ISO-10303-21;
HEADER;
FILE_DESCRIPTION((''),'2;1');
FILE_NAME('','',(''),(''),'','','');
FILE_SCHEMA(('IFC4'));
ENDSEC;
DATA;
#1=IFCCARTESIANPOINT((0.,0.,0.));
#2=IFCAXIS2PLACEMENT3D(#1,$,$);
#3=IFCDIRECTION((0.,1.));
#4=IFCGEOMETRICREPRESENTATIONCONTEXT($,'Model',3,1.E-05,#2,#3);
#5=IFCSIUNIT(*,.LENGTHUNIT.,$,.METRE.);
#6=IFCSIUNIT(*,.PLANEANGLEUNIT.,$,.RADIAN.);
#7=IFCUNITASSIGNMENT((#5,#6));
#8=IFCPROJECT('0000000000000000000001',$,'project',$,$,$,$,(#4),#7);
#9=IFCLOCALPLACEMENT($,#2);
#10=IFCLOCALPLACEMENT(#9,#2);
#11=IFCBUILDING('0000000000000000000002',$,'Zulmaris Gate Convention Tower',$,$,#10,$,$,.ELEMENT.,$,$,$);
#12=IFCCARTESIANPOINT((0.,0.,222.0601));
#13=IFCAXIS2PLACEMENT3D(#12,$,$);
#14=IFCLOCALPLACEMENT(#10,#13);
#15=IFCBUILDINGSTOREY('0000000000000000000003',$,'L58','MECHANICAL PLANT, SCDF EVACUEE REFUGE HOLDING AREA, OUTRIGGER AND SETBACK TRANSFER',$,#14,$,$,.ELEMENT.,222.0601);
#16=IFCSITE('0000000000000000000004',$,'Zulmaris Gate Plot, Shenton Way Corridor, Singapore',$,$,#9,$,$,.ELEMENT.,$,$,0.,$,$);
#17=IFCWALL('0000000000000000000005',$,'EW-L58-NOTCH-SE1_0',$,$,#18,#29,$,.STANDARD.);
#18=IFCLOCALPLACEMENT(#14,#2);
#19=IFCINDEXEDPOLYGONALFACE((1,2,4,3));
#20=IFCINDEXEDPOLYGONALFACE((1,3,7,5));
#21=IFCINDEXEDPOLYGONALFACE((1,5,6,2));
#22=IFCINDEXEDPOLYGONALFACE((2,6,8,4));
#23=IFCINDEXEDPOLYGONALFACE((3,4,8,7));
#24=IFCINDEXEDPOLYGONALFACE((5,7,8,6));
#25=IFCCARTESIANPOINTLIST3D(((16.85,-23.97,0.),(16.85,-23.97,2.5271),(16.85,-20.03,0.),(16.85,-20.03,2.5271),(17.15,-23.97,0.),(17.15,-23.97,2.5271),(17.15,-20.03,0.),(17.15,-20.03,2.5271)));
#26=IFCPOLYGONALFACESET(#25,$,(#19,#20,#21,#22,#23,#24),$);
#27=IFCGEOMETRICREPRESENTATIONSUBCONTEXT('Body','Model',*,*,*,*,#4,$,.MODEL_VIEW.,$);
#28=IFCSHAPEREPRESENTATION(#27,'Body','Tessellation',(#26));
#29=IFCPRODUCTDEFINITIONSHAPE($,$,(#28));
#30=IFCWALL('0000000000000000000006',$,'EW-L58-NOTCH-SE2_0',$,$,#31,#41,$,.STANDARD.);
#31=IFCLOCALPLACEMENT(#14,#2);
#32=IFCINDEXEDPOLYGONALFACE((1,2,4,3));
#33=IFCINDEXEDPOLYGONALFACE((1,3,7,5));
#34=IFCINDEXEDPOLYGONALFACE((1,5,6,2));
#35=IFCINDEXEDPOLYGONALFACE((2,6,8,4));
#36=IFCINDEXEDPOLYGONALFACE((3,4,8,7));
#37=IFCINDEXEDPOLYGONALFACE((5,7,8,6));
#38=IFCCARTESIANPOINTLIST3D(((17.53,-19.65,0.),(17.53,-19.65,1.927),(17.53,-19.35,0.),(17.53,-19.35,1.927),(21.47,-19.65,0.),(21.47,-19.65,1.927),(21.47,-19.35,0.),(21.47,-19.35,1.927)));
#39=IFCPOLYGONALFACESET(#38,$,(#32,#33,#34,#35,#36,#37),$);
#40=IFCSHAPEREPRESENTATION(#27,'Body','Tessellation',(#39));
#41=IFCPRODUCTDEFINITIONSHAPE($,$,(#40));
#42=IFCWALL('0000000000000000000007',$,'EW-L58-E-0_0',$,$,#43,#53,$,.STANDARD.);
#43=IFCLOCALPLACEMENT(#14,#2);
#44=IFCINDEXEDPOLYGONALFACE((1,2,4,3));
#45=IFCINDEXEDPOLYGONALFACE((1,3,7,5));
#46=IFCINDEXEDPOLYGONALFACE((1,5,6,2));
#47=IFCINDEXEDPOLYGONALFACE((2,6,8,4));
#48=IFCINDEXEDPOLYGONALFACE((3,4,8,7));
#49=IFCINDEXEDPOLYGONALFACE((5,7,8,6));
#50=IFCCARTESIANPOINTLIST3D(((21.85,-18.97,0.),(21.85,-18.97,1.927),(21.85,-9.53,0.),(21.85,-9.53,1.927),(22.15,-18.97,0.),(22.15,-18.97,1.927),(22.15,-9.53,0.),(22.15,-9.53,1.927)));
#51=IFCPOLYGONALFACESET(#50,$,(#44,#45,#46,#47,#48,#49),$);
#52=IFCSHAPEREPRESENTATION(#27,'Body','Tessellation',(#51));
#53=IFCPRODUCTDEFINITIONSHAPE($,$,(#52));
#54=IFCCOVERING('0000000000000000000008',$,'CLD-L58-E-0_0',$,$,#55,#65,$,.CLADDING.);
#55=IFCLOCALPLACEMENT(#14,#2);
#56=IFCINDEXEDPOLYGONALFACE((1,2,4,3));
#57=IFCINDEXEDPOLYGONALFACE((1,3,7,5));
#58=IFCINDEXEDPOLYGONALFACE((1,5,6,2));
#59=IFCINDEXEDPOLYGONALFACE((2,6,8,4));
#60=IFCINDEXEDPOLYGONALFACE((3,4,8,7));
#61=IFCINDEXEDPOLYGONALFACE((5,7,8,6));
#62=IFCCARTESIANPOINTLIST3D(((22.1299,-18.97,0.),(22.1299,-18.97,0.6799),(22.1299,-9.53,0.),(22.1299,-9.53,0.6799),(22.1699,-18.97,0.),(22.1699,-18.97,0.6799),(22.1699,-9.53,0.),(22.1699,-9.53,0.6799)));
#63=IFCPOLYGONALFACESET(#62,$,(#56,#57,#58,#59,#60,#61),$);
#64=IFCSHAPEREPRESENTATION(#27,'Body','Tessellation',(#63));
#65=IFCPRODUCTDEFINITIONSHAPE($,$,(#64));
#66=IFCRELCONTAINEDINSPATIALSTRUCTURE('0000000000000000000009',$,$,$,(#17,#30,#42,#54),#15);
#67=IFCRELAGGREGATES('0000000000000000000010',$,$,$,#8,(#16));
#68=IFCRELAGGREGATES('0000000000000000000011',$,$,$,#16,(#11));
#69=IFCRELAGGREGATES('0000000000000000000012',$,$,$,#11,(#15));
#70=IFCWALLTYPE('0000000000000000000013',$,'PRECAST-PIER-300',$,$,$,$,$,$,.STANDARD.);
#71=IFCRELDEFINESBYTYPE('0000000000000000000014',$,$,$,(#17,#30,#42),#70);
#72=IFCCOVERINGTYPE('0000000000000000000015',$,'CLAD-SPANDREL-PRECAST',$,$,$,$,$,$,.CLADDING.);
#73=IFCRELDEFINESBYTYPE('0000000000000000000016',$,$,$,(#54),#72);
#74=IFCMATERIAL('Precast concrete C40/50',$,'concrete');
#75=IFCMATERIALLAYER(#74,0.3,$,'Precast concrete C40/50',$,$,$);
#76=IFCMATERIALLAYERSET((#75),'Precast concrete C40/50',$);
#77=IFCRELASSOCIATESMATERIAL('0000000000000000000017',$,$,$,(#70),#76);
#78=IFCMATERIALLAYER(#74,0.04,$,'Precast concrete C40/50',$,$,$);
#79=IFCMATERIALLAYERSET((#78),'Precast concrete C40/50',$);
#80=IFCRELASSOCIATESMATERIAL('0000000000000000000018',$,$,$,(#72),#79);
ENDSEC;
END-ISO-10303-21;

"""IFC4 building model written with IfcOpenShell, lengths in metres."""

from ifc_helpers import new_model, si_unit, direction, frame, frame_2d, origin, place, context, subcontext, project, spatial, rectangle, extrude, material, layer, layer_set, type_object, element, save


model = new_model("IFC4")

# Units and contexts
model_context = context("Model", 3, precision=1e-05, world=origin(), true_north=direction((0.0, 1.0)))
body_context = subcontext(model_context, "Body", "Model", "MODEL_VIEW")
ifc_project = project(units=[si_unit("LENGTHUNIT", "METRE"), si_unit("PLANEANGLEUNIT", "RADIAN")], contexts=[model_context])

# Site, building, storey
site_placement = place(None, origin())
site = spatial("IfcSite", under=ifc_project, at=site_placement, Name="Zulmaris Gate Plot, Shenton Way Corridor, Singapore", CompositionType="ELEMENT", RefElevation=0.0)
building_placement = place(site_placement, origin())
building = spatial("IfcBuilding", under=site, at=building_placement, Name="Zulmaris Gate Convention Tower", CompositionType="ELEMENT")
storey_placement = place(building_placement, frame((0.0, 0.0, 222.0601)))
storey = spatial("IfcBuildingStorey", under=building, at=storey_placement, Name="L58", Description="MECHANICAL PLANT, SCDF EVACUEE REFUGE HOLDING AREA, OUTRIGGER AND SETBACK TRANSFER", CompositionType="ELEMENT", Elevation=222.0601)

# Walls
ifc_material_1 = material(Name="Precast concrete C40/50", Category="concrete")
ifc_layer_1 = layer(ifc_material_1, 0.3, Name="Precast concrete C40/50")
ifc_layer_set_1 = layer_set([ifc_layer_1], Name="Precast concrete C40/50")
wall_type_1 = type_object("IfcWallType", Name="PRECAST-PIER-300", PredefinedType="STANDARD", material=ifc_layer_set_1)
wall_1_placement = place(storey_placement, frame((17.0, -23.97, 0.0), z_axis=(0.0, 0.0, 1.0), x_axis=(0.0, 1.0, 0.0)))
element("IfcWall", 1, at=wall_1_placement, inside=storey, type_object=wall_type_1, Name="EW-L58-NOTCH-SE1_0", PredefinedType="STANDARD", context=body_context, shape_type="SweptSolid", body=[
    extrude(rectangle(XDim=3.9399, YDim=0.3, at=frame_2d((1.97, 0.0))), origin(), (0.0, 0.0, 1.0), 2.5271),
])
wall_2_placement = place(storey_placement, frame((17.53, -19.5, 0.0), z_axis=(0.0, 0.0, 1.0), x_axis=(1.0, 0.0, 0.0)))
element("IfcWall", 2, at=wall_2_placement, inside=storey, type_object=wall_type_1, Name="EW-L58-NOTCH-SE2_0", PredefinedType="STANDARD", context=body_context, shape_type="SweptSolid", body=[
    extrude(rectangle(XDim=3.9399, YDim=0.3, at=frame_2d((1.97, 0.0))), origin(), (0.0, 0.0, 1.0), 1.927),
])
wall_3_placement = place(storey_placement, frame((22.0, -18.97, 0.0), z_axis=(0.0, 0.0, 1.0), x_axis=(0.0, 1.0, 0.0)))
element("IfcWall", 3, at=wall_3_placement, inside=storey, type_object=wall_type_1, Name="EW-L58-E-0_0", PredefinedType="STANDARD", context=body_context, shape_type="SweptSolid", body=[
    extrude(rectangle(XDim=9.4399, YDim=0.3, at=frame_2d((4.72, 0.0))), origin(), (0.0, 0.0, 1.0), 1.927),
])

# Covering
ifc_layer_2 = layer(ifc_material_1, 0.04, Name="Precast concrete C40/50")
ifc_layer_set_2 = layer_set([ifc_layer_2], Name="Precast concrete C40/50")
covering_type = type_object("IfcCoveringType", Name="CLAD-SPANDREL-PRECAST", PredefinedType="CLADDING", material=ifc_layer_set_2)
covering_placement = place(storey_placement, frame((22.1499, -18.97, 0.0), z_axis=(0.0, 0.0, 1.0), x_axis=(0.0, 1.0, 0.0)))
element("IfcCovering", 4, at=covering_placement, inside=storey, type_object=covering_type, Name="CLD-L58-E-0_0", PredefinedType="CLADDING", context=body_context, shape_type="SweptSolid", body=[
    extrude(rectangle(XDim=9.4399, YDim=0.04, at=frame_2d((4.72, 0.0))), origin(), (0.0, 0.0, 1.0), 0.6799),
])

save(model, "model.ifc")
